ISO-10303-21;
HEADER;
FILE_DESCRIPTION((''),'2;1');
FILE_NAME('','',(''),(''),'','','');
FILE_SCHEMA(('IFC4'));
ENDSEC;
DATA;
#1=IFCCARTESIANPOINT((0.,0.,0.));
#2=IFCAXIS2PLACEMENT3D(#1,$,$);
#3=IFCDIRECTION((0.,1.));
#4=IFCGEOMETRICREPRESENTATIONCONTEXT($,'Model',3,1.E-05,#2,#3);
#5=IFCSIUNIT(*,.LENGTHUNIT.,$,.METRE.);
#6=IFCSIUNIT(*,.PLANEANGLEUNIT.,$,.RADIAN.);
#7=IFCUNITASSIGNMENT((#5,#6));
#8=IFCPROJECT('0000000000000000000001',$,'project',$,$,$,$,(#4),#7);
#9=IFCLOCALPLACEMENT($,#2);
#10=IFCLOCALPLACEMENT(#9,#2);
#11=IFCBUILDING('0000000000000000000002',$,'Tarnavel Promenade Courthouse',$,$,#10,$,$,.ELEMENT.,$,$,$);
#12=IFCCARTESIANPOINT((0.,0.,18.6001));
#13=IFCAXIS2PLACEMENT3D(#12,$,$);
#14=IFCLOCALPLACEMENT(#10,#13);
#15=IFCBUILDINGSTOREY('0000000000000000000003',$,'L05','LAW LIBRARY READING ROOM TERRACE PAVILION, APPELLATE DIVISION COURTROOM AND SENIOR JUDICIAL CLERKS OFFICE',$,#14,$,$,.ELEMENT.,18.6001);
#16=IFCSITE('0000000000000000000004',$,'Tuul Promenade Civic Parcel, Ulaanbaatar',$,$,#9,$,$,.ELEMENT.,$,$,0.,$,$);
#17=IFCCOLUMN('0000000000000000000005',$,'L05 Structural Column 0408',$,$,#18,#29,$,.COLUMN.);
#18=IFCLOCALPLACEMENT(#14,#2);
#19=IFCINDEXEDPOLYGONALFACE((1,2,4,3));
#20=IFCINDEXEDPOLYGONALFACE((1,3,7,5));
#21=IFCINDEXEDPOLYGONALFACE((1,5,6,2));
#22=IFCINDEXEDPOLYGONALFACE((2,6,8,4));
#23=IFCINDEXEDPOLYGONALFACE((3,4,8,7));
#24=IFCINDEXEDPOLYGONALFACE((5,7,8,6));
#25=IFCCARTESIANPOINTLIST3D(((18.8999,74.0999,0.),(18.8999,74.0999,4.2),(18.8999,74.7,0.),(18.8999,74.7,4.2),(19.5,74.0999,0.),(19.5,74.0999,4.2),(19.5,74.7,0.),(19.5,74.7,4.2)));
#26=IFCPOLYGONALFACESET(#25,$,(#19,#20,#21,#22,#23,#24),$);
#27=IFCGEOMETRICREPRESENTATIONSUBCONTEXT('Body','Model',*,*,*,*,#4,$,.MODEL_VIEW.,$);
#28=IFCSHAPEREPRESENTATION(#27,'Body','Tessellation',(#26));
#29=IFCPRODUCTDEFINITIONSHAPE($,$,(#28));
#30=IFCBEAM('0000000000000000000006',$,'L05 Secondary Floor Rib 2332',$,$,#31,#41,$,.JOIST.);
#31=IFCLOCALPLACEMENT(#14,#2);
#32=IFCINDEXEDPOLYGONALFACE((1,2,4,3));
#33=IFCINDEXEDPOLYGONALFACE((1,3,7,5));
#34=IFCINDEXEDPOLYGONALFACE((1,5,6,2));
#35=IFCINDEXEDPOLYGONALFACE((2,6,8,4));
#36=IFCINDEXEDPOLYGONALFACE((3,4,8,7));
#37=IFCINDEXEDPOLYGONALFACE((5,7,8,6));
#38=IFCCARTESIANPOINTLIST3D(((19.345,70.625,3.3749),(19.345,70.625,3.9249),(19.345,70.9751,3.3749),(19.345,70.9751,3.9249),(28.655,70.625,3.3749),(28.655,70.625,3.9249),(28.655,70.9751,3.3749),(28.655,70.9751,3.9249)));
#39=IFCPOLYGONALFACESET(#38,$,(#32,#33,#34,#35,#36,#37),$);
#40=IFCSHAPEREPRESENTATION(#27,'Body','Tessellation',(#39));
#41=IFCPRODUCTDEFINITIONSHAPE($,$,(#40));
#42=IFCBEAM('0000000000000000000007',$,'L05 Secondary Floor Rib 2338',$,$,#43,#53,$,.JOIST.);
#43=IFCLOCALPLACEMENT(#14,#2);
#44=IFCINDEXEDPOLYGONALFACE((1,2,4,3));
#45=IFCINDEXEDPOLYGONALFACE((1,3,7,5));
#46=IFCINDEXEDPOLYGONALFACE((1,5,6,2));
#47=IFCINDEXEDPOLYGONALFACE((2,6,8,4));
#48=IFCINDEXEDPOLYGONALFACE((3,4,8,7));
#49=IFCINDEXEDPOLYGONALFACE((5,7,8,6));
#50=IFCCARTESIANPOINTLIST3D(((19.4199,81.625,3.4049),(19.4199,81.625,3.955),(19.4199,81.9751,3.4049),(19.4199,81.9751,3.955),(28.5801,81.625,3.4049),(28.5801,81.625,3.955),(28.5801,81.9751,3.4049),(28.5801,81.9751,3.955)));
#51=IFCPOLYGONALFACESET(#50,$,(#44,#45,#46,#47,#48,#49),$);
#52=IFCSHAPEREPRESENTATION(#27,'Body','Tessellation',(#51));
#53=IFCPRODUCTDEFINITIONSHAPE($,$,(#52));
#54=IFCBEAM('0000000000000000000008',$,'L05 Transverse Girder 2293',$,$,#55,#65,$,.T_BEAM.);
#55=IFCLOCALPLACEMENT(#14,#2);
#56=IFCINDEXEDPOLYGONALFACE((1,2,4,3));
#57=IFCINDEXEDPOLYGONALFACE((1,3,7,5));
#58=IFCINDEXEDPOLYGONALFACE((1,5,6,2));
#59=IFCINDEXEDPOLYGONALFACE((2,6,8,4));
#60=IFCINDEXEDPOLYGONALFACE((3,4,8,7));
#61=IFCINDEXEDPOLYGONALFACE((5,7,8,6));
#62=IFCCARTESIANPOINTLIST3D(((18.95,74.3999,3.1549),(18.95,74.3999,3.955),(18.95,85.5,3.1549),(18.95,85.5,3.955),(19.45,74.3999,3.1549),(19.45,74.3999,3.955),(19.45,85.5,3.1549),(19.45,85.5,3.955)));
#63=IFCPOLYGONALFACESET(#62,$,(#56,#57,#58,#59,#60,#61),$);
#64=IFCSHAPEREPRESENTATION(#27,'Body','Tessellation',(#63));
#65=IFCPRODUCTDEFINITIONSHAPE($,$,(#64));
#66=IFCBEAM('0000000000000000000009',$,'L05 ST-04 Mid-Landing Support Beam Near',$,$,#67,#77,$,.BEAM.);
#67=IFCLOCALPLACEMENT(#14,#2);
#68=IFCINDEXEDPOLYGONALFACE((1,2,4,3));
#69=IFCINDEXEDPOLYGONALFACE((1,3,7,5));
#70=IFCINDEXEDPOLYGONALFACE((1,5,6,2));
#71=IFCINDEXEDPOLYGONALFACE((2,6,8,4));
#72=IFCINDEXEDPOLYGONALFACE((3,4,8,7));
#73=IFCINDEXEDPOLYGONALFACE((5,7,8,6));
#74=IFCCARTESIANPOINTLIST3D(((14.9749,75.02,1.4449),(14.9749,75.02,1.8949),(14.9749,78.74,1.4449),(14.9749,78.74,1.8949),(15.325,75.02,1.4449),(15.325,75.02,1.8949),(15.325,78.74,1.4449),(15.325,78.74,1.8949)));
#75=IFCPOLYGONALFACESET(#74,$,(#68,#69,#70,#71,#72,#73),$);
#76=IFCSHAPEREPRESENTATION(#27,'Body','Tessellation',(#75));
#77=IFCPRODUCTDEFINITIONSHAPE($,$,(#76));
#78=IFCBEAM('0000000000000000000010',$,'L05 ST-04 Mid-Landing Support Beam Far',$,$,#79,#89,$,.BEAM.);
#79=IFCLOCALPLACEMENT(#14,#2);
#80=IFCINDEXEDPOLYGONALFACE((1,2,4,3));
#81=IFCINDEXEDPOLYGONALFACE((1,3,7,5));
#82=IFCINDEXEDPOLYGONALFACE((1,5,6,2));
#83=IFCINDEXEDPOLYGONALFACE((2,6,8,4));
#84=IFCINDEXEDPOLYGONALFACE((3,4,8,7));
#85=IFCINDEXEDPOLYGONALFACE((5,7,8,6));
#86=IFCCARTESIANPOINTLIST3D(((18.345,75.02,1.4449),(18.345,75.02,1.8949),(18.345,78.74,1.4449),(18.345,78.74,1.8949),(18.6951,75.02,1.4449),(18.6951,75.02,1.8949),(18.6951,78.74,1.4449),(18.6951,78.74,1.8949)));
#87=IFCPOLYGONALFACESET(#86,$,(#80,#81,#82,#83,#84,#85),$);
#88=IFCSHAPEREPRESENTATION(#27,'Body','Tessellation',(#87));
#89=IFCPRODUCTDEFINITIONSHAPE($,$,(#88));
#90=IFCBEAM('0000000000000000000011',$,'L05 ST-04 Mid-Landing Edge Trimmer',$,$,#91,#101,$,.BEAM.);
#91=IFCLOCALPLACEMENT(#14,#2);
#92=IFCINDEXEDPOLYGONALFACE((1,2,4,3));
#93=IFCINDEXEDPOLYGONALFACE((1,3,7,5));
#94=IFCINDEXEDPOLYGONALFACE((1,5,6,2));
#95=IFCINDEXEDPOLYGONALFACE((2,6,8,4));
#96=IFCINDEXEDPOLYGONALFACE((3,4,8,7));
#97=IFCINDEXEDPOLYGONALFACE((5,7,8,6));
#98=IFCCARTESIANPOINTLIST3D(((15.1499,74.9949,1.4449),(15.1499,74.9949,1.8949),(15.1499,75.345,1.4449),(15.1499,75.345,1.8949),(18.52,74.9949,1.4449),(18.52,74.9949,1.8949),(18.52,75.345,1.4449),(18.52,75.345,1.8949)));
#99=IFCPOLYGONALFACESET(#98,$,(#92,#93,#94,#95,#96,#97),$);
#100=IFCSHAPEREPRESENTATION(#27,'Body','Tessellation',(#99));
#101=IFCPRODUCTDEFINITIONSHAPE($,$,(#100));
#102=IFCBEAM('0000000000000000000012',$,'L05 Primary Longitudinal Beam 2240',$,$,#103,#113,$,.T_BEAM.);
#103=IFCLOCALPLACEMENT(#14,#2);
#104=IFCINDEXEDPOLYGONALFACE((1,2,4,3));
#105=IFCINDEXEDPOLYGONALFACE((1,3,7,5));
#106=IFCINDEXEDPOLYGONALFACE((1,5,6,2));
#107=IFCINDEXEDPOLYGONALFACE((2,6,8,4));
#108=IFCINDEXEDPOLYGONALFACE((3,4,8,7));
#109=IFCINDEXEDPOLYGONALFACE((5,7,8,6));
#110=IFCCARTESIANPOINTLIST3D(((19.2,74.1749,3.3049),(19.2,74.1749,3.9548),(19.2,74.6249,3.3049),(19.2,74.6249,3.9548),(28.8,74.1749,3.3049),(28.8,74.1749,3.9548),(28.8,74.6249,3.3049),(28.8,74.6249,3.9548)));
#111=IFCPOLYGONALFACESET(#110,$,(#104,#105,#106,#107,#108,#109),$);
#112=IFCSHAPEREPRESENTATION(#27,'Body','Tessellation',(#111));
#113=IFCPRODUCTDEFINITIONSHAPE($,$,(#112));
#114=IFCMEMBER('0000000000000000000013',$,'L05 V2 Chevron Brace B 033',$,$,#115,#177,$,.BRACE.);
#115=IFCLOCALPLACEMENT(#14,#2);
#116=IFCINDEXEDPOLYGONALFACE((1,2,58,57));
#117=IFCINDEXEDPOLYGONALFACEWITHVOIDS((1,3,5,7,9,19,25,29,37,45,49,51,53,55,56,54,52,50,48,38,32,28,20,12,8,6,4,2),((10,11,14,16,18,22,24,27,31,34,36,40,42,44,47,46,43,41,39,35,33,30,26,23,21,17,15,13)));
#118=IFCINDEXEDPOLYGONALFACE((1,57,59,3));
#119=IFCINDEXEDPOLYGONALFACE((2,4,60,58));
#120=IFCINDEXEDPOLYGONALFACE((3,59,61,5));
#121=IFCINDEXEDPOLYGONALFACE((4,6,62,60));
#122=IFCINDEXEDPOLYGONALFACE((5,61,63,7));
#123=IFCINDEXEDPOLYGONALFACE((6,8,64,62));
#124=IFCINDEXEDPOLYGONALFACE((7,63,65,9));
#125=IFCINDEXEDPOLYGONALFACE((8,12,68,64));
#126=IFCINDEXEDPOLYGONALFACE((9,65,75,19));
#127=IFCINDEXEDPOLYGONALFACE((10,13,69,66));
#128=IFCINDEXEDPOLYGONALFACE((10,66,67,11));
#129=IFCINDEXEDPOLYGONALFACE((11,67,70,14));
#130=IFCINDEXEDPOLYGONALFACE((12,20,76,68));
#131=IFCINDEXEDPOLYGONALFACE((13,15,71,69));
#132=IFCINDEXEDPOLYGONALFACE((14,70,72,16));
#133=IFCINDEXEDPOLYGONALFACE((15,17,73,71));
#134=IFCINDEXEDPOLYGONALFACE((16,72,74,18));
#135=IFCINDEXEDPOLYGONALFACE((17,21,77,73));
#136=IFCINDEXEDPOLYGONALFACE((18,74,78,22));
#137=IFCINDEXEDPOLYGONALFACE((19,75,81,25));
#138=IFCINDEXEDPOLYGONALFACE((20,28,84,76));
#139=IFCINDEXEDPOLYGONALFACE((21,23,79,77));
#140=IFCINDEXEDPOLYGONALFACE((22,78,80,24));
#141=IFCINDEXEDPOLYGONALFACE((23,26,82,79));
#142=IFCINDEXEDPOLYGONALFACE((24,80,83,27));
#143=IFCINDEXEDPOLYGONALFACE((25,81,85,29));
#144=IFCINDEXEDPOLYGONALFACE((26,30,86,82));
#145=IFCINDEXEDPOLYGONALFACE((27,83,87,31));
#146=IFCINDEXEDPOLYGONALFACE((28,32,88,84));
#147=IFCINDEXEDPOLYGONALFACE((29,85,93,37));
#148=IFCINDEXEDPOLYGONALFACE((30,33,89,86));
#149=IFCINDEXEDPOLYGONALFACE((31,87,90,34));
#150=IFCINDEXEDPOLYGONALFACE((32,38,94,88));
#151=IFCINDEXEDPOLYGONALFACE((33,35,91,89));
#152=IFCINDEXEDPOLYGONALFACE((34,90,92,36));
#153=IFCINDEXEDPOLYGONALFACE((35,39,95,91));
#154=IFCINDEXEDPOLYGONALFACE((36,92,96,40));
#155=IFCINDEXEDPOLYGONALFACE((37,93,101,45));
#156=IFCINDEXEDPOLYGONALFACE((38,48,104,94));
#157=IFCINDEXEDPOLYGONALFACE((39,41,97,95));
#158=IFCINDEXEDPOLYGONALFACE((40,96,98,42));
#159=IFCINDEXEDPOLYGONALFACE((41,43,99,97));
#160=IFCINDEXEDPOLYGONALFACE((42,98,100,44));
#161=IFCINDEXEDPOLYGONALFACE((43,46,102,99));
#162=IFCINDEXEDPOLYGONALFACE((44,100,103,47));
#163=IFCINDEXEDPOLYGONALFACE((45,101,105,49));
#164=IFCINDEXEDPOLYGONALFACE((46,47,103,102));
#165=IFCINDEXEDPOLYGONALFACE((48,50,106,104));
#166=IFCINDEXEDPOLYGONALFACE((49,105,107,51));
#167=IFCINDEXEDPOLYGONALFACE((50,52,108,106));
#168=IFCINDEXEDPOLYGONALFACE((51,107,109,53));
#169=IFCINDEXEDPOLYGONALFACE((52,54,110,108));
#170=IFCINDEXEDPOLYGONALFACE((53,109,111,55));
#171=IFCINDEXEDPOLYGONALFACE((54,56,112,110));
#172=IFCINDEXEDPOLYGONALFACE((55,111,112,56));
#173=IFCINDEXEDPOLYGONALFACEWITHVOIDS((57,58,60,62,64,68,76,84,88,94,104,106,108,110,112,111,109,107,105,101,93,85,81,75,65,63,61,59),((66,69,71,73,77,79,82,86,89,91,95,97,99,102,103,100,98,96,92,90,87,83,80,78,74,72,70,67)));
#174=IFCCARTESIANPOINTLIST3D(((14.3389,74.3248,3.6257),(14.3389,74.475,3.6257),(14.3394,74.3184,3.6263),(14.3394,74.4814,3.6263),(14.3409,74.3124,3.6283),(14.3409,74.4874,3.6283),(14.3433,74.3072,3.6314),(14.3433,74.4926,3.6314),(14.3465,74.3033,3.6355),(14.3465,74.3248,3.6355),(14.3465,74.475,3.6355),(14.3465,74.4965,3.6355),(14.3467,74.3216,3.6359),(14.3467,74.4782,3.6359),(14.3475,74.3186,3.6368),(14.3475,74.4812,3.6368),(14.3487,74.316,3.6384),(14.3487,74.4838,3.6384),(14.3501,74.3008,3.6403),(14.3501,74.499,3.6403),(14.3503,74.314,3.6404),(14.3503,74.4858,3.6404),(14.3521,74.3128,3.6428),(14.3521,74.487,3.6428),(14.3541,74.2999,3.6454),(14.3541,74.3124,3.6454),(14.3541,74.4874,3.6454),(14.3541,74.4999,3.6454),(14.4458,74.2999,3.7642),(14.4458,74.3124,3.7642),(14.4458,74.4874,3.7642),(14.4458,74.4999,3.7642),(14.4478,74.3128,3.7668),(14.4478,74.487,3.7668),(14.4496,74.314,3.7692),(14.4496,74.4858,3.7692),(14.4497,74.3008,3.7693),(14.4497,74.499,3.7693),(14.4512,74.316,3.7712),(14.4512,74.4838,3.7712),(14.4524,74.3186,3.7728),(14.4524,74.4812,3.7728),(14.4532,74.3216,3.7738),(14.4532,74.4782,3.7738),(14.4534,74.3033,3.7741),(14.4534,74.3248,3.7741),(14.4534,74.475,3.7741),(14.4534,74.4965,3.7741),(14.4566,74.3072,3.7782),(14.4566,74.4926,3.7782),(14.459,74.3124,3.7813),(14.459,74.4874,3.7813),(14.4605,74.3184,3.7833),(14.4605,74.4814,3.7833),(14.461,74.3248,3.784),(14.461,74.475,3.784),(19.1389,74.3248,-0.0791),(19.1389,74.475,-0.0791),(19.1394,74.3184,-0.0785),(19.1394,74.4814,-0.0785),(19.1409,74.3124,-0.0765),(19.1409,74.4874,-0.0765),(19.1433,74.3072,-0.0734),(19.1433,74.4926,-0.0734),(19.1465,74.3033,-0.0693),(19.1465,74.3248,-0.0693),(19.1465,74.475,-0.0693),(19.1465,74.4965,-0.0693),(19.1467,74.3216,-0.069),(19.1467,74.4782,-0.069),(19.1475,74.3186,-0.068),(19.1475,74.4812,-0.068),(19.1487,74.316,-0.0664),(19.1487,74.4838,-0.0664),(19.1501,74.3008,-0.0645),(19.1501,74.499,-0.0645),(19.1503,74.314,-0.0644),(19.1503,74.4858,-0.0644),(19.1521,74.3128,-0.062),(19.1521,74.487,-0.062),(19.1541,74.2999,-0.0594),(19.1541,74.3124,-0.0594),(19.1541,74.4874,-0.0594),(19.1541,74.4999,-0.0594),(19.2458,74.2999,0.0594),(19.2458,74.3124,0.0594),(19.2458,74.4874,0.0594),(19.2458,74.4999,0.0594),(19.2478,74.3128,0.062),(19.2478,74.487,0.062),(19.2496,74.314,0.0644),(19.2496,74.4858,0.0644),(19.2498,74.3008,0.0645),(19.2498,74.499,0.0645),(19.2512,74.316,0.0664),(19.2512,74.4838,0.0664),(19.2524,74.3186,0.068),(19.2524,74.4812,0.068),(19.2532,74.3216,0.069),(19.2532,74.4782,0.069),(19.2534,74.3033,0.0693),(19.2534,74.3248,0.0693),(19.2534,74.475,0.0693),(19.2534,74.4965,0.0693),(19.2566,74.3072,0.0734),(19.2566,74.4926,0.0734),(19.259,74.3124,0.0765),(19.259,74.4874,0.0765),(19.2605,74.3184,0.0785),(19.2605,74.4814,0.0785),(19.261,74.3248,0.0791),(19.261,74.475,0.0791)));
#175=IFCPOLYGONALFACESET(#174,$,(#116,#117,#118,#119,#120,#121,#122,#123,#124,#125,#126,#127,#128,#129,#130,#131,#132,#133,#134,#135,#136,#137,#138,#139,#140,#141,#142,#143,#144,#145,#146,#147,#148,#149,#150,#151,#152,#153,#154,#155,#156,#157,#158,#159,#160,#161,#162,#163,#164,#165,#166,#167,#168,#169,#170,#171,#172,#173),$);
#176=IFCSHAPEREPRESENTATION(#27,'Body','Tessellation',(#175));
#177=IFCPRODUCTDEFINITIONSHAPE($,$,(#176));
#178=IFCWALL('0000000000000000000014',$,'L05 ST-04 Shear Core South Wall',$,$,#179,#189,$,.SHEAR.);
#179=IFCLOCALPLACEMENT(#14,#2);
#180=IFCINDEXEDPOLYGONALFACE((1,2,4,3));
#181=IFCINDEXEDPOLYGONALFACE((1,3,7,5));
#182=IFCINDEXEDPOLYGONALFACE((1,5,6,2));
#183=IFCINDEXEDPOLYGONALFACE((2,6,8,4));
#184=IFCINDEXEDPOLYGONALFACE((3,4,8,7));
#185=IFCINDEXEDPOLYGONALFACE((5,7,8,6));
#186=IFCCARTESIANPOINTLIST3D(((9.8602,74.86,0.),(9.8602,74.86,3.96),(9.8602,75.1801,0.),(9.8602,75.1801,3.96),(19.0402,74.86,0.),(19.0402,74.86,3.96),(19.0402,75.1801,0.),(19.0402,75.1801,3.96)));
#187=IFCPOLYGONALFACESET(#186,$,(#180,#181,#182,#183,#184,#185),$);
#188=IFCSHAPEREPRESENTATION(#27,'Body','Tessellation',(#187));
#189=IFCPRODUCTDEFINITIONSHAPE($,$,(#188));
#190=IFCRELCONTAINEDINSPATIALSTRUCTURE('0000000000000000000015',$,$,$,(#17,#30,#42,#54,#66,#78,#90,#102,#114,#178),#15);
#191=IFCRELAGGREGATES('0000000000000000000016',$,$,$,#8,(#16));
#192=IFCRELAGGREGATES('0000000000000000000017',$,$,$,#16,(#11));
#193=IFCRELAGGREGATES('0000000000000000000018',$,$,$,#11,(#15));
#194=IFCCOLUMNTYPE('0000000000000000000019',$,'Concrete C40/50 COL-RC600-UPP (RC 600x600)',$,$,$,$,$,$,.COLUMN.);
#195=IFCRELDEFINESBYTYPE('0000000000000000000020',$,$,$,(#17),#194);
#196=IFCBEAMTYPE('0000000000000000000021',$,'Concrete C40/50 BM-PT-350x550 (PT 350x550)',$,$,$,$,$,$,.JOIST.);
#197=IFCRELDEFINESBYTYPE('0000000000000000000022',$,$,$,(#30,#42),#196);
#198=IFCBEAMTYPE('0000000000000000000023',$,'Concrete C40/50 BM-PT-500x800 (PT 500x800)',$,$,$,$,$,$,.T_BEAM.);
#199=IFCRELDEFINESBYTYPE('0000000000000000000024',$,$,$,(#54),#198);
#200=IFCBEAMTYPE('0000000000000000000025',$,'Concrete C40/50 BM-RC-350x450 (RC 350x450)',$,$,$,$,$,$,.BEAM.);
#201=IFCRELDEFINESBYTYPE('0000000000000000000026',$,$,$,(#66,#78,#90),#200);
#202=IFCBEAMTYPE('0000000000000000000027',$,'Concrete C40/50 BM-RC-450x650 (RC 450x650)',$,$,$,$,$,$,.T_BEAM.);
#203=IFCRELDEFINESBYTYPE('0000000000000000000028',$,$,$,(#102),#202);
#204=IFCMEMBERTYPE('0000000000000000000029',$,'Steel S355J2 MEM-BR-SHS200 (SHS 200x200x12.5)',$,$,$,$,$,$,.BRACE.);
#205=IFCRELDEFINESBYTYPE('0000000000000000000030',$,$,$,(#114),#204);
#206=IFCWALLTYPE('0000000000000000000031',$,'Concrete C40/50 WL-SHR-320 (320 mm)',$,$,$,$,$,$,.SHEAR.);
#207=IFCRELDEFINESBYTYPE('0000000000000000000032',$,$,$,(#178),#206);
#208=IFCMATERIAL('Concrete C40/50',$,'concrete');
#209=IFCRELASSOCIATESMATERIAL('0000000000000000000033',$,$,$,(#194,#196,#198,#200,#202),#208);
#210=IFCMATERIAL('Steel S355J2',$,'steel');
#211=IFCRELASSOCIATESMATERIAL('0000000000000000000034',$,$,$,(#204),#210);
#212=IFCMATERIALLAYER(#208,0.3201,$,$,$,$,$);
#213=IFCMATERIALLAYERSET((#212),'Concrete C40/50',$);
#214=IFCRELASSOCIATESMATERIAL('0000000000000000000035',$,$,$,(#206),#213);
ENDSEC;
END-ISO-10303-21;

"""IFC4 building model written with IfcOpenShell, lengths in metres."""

from ifc_helpers import new_model, si_unit, direction, frame, frame_2d, origin, origin_2d, place, context, subcontext, project, spatial, rectangle, hollow_rectangle, extrude, material, layer, layer_set, material_profile, profile_set, type_object, element, save


model = new_model("IFC4")

# Units and contexts
model_context = context("Model", 3, precision=1e-05, world=origin(), true_north=direction((0.0, 1.0)))
body_context = subcontext(model_context, "Body", "Model", "MODEL_VIEW")
ifc_project = project(units=[si_unit("LENGTHUNIT", "METRE"), si_unit("PLANEANGLEUNIT", "RADIAN")], contexts=[model_context])

# Site, building, storey
site_placement = place(None, origin())
site = spatial("IfcSite", under=ifc_project, at=site_placement, Name="Tuul Promenade Civic Parcel, Ulaanbaatar", CompositionType="ELEMENT", RefElevation=0.0)
building_placement = place(site_placement, origin())
building = spatial("IfcBuilding", under=site, at=building_placement, Name="Tarnavel Promenade Courthouse", CompositionType="ELEMENT")
storey_placement = place(building_placement, frame((0.0, 0.0, 18.6001)))
storey = spatial("IfcBuildingStorey", under=building, at=storey_placement, Name="L05", Description="LAW LIBRARY READING ROOM TERRACE PAVILION, APPELLATE DIVISION COURTROOM AND SENIOR JUDICIAL CLERKS OFFICE", CompositionType="ELEMENT", Elevation=18.6001)

# Column
ifc_material_1 = material(Name="Concrete C40/50", Category="concrete")
ifc_material_profile_1 = material_profile(ifc_material_1, rectangle(XDim=0.6001, YDim=0.6001, at=origin_2d()), Name="RC 600x600")
ifc_profile_set_1 = profile_set([ifc_material_profile_1], Name="Concrete C40/50")
column_type = type_object("IfcColumnType", Name="Concrete C40/50 COL-RC600-UPP (RC 600x600)", PredefinedType="COLUMN", material=ifc_profile_set_1)
column_placement = place(storey_placement, frame((19.2, 74.3999, 0.0), z_axis=(0.0, 0.0, 1.0), x_axis=(1.0, 0.0, 0.0)))
element("IfcColumn", 1, at=column_placement, inside=storey, type_object=column_type, Name="L05 Structural Column 0408", PredefinedType="COLUMN", context=body_context, shape_type="SweptSolid", body=[
    extrude(rectangle(XDim=0.6001, YDim=0.6001, at=origin_2d()), origin(), (0.0, 0.0, 1.0), 4.2),
])

# Beams
ifc_material_profile_2 = material_profile(ifc_material_1, rectangle(XDim=0.3501, YDim=0.55, at=origin_2d()), Name="PT 350x550")
ifc_profile_set_2 = profile_set([ifc_material_profile_2], Name="Concrete C40/50")
beam_type_1 = type_object("IfcBeamType", Name="Concrete C40/50 BM-PT-350x550 (PT 350x550)", PredefinedType="JOIST", material=ifc_profile_set_2)
beam_1_placement = place(storey_placement, frame((19.345, 70.8, 3.6499), z_axis=(1.0, 0.0, 0.0), x_axis=(0.0, 1.0, 0.0)))
element("IfcBeam", 2, at=beam_1_placement, inside=storey, type_object=beam_type_1, Name="L05 Secondary Floor Rib 2332", PredefinedType="JOIST", context=body_context, shape_type="SweptSolid", body=[
    extrude(rectangle(XDim=0.3501, YDim=0.55, at=origin_2d()), origin(), (0.0, 0.0, 1.0), 9.3101),
])
beam_2_placement = place(storey_placement, frame((19.4199, 81.8, 3.6799), z_axis=(1.0, 0.0, 0.0), x_axis=(0.0, 1.0, 0.0)))
element("IfcBeam", 3, at=beam_2_placement, inside=storey, type_object=beam_type_1, Name="L05 Secondary Floor Rib 2338", PredefinedType="JOIST", context=body_context, shape_type="SweptSolid", body=[
    extrude(rectangle(XDim=0.3501, YDim=0.55, at=origin_2d()), origin(), (0.0, 0.0, 1.0), 9.1602),
])
ifc_material_profile_3 = material_profile(ifc_material_1, rectangle(XDim=0.5, YDim=0.8, at=origin_2d()), Name="PT 500x800")
ifc_profile_set_3 = profile_set([ifc_material_profile_3], Name="Concrete C40/50")
beam_type_2 = type_object("IfcBeamType", Name="Concrete C40/50 BM-PT-500x800 (PT 500x800)", PredefinedType="T_BEAM", material=ifc_profile_set_3)
beam_3_placement = place(storey_placement, frame((19.2, 74.3999, 3.5549), z_axis=(0.0, 1.0, 0.0), x_axis=(-1.0, 0.0, 0.0)))
element("IfcBeam", 4, at=beam_3_placement, inside=storey, type_object=beam_type_2, Name="L05 Transverse Girder 2293", PredefinedType="T_BEAM", context=body_context, shape_type="SweptSolid", body=[
    extrude(rectangle(XDim=0.5, YDim=0.8, at=origin_2d()), origin(), (0.0, 0.0, 1.0), 11.1001),
])
ifc_material_profile_4 = material_profile(ifc_material_1, rectangle(XDim=0.3501, YDim=0.45, at=origin_2d()), Name="RC 350x450")
ifc_profile_set_4 = profile_set([ifc_material_profile_4], Name="Concrete C40/50")
beam_type_3 = type_object("IfcBeamType", Name="Concrete C40/50 BM-RC-350x450 (RC 350x450)", PredefinedType="BEAM", material=ifc_profile_set_4)
for number, where, z_axis, x_axis, name in (
    (5, (15.1499, 75.02, 1.6699), (0.0, 1.0, 0.0), (-1.0, 0.0, 0.0), "L05 ST-04 Mid-Landing Support Beam Near"),
    (6, (18.52, 75.02, 1.6699), (0.0, 1.0, 0.0), (-1.0, 0.0, 0.0), "L05 ST-04 Mid-Landing Support Beam Far"),
):
    element("IfcBeam", number, at=place(storey_placement, frame(where, z_axis=z_axis, x_axis=x_axis)), inside=storey, type_object=beam_type_3, Name=name, PredefinedType="BEAM", context=body_context, shape_type="SweptSolid", body=[
        extrude(rectangle(XDim=0.3501, YDim=0.45, at=origin_2d()), origin(), (0.0, 0.0, 1.0), 3.72),
    ])
beam_4_placement = place(storey_placement, frame((15.1499, 75.1699, 1.6699), z_axis=(1.0, 0.0, 0.0), x_axis=(0.0, 1.0, 0.0)))
element("IfcBeam", 7, at=beam_4_placement, inside=storey, type_object=beam_type_3, Name="L05 ST-04 Mid-Landing Edge Trimmer", PredefinedType="BEAM", context=body_context, shape_type="SweptSolid", body=[
    extrude(rectangle(XDim=0.3501, YDim=0.45, at=origin_2d()), origin(), (0.0, 0.0, 1.0), 3.3701),
])
ifc_material_profile_5 = material_profile(ifc_material_1, rectangle(XDim=0.45, YDim=0.6499, at=origin_2d()), Name="RC 450x650")
ifc_profile_set_5 = profile_set([ifc_material_profile_5], Name="Concrete C40/50")
beam_type_4 = type_object("IfcBeamType", Name="Concrete C40/50 BM-RC-450x650 (RC 450x650)", PredefinedType="T_BEAM", material=ifc_profile_set_5)
beam_5_placement = place(storey_placement, frame((19.2, 74.3999, 3.6299), z_axis=(1.0, 0.0, 0.0), x_axis=(0.0, 1.0, 0.0)))
element("IfcBeam", 8, at=beam_5_placement, inside=storey, type_object=beam_type_4, Name="L05 Primary Longitudinal Beam 2240", PredefinedType="T_BEAM", context=body_context, shape_type="SweptSolid", body=[
    extrude(rectangle(XDim=0.45, YDim=0.6499, at=origin_2d()), origin(), (0.0, 0.0, 1.0), 9.6001),
])

# Member
ifc_material_2 = material(Name="Steel S355J2", Category="steel")
ifc_material_profile_6 = material_profile(ifc_material_2, hollow_rectangle(XDim=0.2, YDim=0.2, WallThickness=0.0125, InnerFilletRadius=0.0125, OuterFilletRadius=0.0249, at=origin_2d()), Name="SHS 200x200x12.5")
ifc_profile_set_6 = profile_set([ifc_material_profile_6], Name="Steel S355J2")
member_type = type_object("IfcMemberType", Name="Steel S355J2 MEM-BR-SHS200 (SHS 200x200x12.5)", PredefinedType="BRACE", material=ifc_profile_set_6)
member_placement = place(storey_placement, frame((19.2, 74.3999, 0.0), z_axis=(-0.791628, 0.0, 0.611004), x_axis=(0.0, -1.0, 0.0)))
element("IfcMember", 9, at=member_placement, inside=storey, type_object=member_type, Name="L05 V2 Chevron Brace B 033", PredefinedType="BRACE", context=body_context, shape_type="SweptSolid", body=[
    extrude(hollow_rectangle(XDim=0.2, YDim=0.2, WallThickness=0.0125, InnerFilletRadius=0.0125, OuterFilletRadius=0.0249, at=origin_2d()), origin(), (0.0, 0.0, 1.0), 6.0635),
])

# Wall
ifc_layer_1 = layer(ifc_material_1, 0.3201)
ifc_layer_set_1 = layer_set([ifc_layer_1], Name="Concrete C40/50")
wall_type_1 = type_object("IfcWallType", Name="Concrete C40/50 WL-SHR-320 (320 mm)", PredefinedType="SHEAR", material=ifc_layer_set_1)
wall_1_placement = place(storey_placement, frame((19.04, 75.02, 0.0), z_axis=(0.0, 0.0, 1.0), x_axis=(-1.0, 0.0, 0.0)))
element("IfcWall", 10, at=wall_1_placement, inside=storey, type_object=wall_type_1, Name="L05 ST-04 Shear Core South Wall", PredefinedType="SHEAR", context=body_context, shape_type="SweptSolid", body=[
    extrude(rectangle(XDim=9.1799, YDim=0.3201, at=frame_2d((4.5898, 0.0))), origin(), (0.0, 0.0, 1.0), 3.96),
])

save(model, "model.ifc")
